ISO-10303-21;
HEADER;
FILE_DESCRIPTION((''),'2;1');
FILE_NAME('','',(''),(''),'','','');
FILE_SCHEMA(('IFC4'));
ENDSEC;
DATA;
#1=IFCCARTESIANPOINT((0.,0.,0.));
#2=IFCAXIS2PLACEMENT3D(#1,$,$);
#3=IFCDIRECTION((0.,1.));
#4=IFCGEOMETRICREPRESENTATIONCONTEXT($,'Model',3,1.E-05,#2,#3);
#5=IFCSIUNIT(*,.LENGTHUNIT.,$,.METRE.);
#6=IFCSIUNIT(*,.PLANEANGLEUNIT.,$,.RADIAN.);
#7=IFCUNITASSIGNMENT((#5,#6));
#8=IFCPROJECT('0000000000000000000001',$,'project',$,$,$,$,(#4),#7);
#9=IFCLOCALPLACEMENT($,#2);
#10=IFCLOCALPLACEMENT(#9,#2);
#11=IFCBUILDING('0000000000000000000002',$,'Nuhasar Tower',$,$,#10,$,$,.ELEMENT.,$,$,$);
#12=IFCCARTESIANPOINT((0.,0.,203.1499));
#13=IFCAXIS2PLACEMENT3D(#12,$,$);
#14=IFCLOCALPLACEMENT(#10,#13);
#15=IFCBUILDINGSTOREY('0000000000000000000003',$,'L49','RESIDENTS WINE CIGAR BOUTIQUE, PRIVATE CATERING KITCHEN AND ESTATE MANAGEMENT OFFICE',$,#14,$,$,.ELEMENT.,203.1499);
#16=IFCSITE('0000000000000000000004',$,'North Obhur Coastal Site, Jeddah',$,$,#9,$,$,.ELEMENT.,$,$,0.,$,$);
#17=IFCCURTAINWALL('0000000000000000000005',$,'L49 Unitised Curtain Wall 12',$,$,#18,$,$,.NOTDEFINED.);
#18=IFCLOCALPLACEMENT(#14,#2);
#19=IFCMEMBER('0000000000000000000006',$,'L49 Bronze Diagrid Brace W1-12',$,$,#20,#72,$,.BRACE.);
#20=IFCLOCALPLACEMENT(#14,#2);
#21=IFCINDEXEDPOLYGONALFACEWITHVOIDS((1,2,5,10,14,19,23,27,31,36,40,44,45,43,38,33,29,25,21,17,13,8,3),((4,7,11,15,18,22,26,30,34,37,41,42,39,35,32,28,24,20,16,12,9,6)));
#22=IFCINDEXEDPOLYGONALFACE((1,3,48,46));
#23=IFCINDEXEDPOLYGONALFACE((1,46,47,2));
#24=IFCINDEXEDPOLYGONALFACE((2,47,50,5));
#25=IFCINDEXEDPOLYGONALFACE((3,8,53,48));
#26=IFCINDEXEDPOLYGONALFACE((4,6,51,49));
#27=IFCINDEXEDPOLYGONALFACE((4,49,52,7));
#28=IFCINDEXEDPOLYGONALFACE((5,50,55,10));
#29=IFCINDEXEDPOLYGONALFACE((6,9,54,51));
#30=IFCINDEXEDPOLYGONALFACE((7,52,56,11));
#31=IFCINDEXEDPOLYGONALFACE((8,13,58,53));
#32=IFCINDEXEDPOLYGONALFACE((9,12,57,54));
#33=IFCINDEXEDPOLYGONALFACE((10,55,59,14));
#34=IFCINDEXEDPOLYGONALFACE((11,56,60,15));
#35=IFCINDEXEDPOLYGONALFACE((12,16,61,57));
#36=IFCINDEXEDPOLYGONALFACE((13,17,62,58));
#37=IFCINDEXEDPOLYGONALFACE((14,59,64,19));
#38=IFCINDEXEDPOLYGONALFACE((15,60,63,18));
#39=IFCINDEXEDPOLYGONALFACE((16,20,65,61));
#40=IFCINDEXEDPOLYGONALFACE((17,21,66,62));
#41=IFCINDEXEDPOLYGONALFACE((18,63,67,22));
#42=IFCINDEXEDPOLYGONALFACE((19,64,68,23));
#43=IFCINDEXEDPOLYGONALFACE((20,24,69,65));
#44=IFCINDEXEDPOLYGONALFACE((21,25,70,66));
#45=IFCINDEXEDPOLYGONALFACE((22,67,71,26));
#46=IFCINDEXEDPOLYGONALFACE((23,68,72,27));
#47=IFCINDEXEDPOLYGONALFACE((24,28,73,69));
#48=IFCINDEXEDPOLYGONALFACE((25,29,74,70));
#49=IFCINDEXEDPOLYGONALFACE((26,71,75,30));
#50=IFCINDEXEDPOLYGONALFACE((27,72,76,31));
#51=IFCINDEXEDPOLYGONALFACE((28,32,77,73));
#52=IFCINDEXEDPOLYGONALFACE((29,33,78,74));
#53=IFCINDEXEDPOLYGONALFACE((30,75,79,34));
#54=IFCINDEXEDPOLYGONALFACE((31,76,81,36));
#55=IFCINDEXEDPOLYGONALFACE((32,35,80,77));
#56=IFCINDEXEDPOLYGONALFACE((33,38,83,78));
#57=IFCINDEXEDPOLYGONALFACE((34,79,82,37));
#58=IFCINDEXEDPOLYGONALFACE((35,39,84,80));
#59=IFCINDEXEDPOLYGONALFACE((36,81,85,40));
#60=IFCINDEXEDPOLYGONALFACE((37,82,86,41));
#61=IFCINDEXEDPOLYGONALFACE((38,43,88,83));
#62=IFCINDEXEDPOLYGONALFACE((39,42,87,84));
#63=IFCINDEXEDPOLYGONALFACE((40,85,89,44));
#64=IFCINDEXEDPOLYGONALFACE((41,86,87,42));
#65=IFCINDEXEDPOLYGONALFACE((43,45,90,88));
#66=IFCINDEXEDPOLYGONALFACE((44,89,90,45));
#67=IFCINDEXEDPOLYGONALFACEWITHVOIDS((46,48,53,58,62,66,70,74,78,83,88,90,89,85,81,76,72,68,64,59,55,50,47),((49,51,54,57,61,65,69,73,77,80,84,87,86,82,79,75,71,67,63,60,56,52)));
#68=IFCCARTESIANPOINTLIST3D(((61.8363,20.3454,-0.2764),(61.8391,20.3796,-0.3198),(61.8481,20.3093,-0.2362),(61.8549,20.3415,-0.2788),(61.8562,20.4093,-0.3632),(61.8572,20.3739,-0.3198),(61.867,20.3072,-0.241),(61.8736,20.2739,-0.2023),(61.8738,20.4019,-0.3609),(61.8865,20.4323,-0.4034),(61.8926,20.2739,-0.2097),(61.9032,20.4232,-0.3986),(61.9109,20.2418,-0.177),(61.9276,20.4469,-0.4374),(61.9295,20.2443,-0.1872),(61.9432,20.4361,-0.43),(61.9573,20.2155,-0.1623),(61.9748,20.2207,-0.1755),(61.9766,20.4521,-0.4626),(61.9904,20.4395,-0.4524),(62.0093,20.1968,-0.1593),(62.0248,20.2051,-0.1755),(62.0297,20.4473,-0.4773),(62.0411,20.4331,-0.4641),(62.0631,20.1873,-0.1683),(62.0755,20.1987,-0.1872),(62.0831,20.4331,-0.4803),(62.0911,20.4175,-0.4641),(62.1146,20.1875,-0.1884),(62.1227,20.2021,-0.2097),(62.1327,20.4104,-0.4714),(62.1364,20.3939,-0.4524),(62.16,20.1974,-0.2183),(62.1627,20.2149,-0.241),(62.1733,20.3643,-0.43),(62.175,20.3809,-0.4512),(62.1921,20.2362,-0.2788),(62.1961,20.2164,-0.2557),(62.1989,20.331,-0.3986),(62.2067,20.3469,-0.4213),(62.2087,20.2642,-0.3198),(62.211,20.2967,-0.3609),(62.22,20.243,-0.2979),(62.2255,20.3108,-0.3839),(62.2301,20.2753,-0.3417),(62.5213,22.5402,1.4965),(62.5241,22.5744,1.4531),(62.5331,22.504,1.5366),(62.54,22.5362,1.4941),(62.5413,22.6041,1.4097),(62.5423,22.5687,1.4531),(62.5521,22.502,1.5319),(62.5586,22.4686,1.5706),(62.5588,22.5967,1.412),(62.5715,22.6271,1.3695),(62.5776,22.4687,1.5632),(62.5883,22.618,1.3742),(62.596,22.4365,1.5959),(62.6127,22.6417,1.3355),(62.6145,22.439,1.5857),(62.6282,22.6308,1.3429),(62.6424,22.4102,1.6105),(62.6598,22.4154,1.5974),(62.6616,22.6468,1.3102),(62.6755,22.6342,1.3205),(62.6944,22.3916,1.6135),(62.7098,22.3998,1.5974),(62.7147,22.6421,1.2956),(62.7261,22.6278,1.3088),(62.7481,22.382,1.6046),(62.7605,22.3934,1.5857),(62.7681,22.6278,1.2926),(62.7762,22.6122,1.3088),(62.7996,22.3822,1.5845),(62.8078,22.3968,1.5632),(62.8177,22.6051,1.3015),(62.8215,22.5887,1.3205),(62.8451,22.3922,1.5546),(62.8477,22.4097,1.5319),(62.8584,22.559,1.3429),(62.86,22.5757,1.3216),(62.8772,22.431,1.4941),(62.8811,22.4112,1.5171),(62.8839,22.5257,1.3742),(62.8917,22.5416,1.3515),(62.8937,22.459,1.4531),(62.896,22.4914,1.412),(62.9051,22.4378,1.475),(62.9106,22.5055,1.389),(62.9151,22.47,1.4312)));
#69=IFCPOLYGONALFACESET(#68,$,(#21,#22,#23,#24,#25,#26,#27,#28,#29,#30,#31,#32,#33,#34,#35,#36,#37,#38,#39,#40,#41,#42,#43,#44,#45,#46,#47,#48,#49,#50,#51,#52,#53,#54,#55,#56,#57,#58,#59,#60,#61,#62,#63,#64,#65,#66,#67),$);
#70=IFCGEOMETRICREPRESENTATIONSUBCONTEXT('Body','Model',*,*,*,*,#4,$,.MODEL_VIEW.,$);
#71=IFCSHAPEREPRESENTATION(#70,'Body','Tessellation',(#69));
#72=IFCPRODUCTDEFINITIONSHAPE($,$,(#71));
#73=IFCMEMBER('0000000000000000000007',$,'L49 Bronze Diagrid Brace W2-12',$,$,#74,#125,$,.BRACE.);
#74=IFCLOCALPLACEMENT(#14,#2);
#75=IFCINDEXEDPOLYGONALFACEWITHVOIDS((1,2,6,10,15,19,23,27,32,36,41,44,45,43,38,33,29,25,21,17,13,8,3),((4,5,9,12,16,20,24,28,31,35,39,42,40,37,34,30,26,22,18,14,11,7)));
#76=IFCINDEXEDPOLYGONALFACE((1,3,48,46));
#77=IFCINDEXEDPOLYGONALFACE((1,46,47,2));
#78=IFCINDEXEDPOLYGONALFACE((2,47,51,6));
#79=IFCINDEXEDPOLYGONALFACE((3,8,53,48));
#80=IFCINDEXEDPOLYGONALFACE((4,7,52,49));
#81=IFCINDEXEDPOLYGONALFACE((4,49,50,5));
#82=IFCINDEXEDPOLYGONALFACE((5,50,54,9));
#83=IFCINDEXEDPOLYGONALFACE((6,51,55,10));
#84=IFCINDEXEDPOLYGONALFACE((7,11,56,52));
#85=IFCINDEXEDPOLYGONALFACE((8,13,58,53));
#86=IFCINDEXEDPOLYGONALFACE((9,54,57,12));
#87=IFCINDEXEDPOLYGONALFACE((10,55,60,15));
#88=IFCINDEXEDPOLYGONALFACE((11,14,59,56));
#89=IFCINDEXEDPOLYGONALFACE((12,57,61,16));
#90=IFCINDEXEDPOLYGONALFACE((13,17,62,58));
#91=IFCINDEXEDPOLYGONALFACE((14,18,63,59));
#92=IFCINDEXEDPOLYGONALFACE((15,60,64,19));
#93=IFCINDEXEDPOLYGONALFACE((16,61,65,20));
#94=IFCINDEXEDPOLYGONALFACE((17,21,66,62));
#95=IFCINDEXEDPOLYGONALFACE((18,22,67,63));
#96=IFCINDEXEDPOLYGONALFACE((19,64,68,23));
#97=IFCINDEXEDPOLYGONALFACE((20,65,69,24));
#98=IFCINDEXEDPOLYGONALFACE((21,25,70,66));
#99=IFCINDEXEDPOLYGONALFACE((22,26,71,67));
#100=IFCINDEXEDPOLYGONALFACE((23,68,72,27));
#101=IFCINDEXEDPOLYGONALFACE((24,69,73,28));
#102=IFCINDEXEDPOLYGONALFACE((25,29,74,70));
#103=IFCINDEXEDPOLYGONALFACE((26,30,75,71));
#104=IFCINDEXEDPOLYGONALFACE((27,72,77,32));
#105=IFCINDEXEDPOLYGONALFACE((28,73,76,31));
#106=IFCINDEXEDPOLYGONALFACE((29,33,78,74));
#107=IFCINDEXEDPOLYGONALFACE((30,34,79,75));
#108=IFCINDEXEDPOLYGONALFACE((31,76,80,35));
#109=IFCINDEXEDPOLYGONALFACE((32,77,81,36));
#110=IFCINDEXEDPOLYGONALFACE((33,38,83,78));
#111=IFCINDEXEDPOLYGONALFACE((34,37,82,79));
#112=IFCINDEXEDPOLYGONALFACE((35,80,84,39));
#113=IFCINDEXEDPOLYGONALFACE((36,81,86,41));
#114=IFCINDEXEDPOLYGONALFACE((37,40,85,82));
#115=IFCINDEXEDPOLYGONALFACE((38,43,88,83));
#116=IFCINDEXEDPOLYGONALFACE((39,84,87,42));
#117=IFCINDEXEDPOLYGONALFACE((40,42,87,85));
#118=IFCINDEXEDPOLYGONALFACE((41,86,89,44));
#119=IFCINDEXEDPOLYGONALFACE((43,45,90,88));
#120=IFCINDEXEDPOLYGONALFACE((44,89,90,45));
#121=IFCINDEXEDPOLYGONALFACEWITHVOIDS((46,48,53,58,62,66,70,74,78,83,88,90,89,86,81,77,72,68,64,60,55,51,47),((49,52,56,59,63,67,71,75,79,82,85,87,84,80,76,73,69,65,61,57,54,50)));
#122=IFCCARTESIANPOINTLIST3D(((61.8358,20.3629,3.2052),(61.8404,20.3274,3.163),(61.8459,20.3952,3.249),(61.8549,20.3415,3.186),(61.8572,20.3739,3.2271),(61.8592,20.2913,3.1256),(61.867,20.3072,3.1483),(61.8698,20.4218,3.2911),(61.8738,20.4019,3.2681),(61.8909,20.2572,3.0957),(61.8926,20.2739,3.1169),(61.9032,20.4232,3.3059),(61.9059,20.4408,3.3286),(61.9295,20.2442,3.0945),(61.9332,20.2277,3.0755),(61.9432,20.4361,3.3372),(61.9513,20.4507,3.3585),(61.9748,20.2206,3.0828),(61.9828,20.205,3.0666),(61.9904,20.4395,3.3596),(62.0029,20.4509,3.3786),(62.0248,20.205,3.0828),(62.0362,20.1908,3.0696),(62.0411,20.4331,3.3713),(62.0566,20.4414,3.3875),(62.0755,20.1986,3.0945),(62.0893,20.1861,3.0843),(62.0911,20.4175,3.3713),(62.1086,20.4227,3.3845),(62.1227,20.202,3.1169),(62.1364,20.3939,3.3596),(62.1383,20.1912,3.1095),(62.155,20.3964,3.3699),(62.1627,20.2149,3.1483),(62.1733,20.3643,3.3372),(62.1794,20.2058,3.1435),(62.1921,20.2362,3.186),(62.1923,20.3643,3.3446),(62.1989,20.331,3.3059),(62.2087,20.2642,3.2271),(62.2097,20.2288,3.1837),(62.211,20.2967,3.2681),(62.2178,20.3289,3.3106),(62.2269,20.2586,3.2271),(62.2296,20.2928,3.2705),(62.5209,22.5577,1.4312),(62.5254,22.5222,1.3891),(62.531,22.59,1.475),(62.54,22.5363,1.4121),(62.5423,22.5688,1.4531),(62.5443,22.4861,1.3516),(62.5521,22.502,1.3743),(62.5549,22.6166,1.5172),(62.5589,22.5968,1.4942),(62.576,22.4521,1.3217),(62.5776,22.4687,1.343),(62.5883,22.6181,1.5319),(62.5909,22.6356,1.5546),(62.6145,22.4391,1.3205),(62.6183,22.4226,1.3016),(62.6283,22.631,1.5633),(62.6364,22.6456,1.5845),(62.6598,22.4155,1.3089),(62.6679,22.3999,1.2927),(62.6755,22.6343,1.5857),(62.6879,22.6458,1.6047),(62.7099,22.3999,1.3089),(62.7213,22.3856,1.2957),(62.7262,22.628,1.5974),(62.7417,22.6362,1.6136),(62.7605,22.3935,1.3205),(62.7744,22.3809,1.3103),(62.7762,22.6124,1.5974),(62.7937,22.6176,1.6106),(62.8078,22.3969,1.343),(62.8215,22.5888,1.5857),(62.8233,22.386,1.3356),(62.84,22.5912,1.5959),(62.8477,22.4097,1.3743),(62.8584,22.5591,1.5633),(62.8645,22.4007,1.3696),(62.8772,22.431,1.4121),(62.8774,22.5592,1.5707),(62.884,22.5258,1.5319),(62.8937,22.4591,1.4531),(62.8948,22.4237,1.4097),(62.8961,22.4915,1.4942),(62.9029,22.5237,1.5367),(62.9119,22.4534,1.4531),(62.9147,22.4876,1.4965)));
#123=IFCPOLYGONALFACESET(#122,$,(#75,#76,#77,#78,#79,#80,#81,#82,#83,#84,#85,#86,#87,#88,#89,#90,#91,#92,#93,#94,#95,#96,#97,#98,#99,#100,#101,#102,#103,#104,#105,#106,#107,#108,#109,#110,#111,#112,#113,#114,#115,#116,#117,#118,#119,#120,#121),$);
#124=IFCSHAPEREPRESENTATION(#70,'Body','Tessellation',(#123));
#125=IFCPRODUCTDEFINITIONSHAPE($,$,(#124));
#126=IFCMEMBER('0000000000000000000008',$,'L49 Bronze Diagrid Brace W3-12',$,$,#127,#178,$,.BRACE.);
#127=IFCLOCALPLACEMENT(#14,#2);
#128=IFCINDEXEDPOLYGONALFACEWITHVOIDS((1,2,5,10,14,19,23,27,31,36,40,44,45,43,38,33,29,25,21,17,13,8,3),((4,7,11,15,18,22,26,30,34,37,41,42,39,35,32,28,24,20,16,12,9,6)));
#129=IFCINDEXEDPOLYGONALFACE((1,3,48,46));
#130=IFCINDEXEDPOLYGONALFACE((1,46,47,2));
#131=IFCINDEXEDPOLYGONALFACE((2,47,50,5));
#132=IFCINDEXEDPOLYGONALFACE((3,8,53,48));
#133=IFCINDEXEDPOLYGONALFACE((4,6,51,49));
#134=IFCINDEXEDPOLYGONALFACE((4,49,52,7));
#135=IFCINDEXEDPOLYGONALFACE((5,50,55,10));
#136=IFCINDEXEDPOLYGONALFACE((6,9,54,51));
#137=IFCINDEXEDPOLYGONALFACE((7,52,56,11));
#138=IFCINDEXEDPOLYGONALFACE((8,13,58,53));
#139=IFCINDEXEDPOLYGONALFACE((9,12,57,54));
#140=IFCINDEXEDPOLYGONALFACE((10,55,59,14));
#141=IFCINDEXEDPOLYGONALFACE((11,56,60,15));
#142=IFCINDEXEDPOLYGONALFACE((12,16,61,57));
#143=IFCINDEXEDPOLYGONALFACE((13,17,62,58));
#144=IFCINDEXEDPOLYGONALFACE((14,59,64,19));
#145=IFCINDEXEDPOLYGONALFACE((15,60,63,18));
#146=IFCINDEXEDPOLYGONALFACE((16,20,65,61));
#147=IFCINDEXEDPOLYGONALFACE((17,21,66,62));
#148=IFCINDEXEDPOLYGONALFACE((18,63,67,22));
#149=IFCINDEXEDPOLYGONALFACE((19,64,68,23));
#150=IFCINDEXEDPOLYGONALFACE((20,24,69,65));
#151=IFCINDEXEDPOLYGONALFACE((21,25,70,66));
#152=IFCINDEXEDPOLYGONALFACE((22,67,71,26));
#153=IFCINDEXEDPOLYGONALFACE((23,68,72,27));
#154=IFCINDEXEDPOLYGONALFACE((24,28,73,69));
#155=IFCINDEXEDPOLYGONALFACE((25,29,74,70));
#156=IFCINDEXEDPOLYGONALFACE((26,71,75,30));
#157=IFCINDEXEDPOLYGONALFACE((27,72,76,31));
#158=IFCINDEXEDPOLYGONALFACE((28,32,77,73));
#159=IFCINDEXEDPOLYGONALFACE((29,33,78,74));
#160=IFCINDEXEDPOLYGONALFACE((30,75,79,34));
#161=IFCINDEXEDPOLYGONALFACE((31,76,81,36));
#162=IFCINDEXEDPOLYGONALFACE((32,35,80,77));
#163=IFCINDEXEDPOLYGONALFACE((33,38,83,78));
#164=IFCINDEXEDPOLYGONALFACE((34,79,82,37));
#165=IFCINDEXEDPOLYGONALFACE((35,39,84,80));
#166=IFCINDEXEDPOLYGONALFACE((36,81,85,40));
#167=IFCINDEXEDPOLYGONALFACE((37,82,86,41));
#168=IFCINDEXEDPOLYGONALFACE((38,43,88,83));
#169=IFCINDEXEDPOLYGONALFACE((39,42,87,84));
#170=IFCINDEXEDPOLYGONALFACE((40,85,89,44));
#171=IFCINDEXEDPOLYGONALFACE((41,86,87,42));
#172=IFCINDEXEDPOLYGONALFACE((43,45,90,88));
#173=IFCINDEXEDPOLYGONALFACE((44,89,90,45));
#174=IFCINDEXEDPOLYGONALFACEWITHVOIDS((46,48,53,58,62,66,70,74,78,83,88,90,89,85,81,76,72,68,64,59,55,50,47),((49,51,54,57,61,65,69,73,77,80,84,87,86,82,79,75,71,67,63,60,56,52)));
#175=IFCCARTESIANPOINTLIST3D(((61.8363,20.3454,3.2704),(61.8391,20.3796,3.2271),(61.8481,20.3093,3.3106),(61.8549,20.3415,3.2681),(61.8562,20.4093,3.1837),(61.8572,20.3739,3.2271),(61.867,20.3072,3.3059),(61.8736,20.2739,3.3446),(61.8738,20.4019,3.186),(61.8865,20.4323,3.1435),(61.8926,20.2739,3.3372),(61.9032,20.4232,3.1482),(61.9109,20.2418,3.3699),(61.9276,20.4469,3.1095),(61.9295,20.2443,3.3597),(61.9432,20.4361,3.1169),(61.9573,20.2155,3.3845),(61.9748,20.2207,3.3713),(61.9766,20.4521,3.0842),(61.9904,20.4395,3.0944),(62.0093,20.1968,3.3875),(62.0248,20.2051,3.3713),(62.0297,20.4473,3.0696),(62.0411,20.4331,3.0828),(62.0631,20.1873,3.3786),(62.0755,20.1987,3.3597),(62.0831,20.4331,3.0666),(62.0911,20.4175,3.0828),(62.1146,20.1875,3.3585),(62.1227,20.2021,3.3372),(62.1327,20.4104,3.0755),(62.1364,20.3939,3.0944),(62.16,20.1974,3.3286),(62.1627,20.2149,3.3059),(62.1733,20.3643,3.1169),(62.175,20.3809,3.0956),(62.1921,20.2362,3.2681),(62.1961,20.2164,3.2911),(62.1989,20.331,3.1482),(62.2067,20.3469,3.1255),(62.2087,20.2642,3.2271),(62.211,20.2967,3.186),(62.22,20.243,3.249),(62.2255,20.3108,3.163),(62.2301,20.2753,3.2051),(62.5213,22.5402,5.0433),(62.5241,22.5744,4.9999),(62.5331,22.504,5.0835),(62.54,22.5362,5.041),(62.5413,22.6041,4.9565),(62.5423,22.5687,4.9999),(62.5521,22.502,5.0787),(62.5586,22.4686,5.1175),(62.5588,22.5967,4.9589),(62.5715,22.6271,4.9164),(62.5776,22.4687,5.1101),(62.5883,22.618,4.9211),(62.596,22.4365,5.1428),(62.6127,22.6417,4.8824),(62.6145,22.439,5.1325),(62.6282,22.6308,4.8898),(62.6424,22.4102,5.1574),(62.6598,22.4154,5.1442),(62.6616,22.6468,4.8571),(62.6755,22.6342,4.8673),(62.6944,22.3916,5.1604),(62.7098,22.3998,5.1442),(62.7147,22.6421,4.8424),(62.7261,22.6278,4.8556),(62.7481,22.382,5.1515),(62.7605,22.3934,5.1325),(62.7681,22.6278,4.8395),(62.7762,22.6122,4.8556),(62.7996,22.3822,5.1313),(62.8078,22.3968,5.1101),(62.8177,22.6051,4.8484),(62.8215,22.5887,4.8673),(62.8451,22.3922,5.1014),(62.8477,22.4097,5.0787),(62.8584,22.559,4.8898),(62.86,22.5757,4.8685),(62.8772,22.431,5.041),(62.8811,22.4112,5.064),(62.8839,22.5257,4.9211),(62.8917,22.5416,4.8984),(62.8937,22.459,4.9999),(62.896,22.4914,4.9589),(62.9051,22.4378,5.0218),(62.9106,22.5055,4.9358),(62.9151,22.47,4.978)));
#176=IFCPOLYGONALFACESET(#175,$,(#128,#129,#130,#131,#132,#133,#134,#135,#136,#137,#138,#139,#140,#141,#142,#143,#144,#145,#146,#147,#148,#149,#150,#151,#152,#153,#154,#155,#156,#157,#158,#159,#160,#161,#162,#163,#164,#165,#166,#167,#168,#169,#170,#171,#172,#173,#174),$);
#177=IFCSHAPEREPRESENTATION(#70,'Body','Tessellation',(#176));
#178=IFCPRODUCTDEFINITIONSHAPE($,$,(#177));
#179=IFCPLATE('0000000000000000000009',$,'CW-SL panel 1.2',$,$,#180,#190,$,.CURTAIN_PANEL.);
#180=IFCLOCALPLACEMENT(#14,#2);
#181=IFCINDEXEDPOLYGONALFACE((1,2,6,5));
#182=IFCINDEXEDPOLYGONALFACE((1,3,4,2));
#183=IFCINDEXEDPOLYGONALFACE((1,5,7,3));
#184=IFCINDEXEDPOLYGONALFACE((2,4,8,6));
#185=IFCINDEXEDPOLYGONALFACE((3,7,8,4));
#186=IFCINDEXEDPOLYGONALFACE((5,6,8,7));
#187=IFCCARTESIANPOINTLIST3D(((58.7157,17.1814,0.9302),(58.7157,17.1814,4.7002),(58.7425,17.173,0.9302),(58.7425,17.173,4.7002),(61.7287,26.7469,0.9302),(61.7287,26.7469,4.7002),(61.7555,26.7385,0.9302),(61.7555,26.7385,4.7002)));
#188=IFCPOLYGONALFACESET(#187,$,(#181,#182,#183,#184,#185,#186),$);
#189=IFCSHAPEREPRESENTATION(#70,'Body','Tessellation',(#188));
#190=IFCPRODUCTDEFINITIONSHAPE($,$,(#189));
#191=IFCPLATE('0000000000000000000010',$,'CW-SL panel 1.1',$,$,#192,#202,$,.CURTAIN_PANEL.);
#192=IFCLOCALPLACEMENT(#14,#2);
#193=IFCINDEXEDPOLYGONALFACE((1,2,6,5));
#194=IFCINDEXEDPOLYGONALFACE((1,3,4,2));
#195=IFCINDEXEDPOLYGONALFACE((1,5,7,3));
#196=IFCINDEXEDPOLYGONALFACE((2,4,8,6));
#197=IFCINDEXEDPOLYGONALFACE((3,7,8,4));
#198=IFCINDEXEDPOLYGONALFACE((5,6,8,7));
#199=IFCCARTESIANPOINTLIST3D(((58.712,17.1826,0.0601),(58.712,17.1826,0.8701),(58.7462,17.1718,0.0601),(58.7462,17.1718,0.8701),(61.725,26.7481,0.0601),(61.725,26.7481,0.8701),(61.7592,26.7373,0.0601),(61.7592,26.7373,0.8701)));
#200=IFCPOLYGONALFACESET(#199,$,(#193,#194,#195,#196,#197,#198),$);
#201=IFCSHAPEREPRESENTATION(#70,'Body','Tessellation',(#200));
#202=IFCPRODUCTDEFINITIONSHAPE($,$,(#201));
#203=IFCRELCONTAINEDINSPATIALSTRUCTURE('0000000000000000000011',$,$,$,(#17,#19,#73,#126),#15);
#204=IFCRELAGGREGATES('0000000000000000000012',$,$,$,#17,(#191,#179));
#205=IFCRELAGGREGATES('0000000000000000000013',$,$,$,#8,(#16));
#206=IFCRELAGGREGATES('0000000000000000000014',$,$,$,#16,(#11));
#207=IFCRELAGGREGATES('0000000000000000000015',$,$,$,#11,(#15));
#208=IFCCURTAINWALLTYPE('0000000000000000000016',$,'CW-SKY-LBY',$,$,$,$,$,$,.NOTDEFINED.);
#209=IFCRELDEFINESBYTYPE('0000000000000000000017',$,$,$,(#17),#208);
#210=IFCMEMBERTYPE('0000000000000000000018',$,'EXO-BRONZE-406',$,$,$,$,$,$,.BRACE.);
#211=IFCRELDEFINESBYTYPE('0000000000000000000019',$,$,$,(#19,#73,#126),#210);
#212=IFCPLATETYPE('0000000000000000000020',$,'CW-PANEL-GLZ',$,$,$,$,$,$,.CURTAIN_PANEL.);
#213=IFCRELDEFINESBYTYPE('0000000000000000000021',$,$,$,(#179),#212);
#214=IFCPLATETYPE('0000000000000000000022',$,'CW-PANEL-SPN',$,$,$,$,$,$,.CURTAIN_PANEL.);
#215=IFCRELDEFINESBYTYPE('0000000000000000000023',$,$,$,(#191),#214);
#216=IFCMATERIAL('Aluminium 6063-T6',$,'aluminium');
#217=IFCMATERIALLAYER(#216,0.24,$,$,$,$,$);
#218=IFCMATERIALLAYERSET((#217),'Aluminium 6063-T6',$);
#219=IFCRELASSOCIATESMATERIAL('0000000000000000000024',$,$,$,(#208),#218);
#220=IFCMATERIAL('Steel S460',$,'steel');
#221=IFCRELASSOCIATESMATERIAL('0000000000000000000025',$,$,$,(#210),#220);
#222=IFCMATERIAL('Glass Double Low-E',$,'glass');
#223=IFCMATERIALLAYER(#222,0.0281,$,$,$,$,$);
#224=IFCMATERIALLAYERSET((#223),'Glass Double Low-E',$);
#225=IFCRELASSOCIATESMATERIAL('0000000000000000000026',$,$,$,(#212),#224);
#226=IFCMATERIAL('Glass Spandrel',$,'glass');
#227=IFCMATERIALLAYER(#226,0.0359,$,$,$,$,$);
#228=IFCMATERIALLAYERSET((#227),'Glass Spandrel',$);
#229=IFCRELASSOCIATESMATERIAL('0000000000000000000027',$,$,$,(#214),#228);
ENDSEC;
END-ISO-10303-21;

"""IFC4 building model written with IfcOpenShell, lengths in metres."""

from ifc_helpers import new_model, si_unit, direction, frame, origin, origin_2d, place, context, subcontext, project, spatial, rectangle, hollow_circle, extrude, material, layer, layer_set, material_profile, profile_set, type_object, element, aggregate, save


model = new_model("IFC4")

# Units and contexts
model_context = context("Model", 3, precision=1e-05, world=origin(), true_north=direction((0.0, 1.0)))
body_context = subcontext(model_context, "Body", "Model", "MODEL_VIEW")
ifc_project = project(units=[si_unit("LENGTHUNIT", "METRE"), si_unit("PLANEANGLEUNIT", "RADIAN")], contexts=[model_context])

# Site, building, storey
site_placement = place(None, origin())
site = spatial("IfcSite", under=ifc_project, at=site_placement, Name="North Obhur Coastal Site, Jeddah", CompositionType="ELEMENT", RefElevation=0.0)
building_placement = place(site_placement, origin())
building = spatial("IfcBuilding", under=site, at=building_placement, Name="Nuhasar Tower", CompositionType="ELEMENT")
storey_placement = place(building_placement, frame((0.0, 0.0, 203.1499)))
storey = spatial("IfcBuildingStorey", under=building, at=storey_placement, Name="L49", Description="RESIDENTS WINE CIGAR BOUTIQUE, PRIVATE CATERING KITCHEN AND ESTATE MANAGEMENT OFFICE", CompositionType="ELEMENT", Elevation=203.1499)

# Shared definitions
ifc_material_1 = material(Name="Steel S460", Category="steel")

# Shared definitions
ifc_material_2 = material(Name="Aluminium 6063-T6", Category="aluminium")
ifc_layer_1 = layer(ifc_material_2, 0.24)
ifc_layer_set_1 = layer_set([ifc_layer_1], Name="Aluminium 6063-T6")
curtain_wall_type = type_object("IfcCurtainWallType", Name="CW-SKY-LBY", PredefinedType="NOTDEFINED", material=ifc_layer_set_1)

# Curtain wall
curtain_wall_1_placement = place(storey_placement, origin())
curtain_wall_1 = element("IfcCurtainWall", 1, at=curtain_wall_1_placement, inside=storey, type_object=curtain_wall_type, Name="L49 Unitised Curtain Wall 12", PredefinedType="NOTDEFINED")

# Members
ifc_material_profile_1 = material_profile(ifc_material_1, hollow_circle(Radius=0.2031, WallThickness=0.019, at=origin_2d()), Name="HSS406.4X19.1")
ifc_profile_set_1 = profile_set([ifc_material_profile_1], Name="Steel S460")
member_type_1 = type_object("IfcMemberType", Name="EXO-BRONZE-406", PredefinedType="BRACE", material=ifc_profile_set_1)
member_1_placement = place(storey_placement, frame((62.033, 20.3191, -0.3198), z_axis=(0.235948, 0.755942, 0.610639), x_axis=(-0.954582, 0.297948, 0.0)))
element("IfcMember", 2, at=member_1_placement, inside=storey, type_object=member_type_1, Name="L49 Bronze Diagrid Brace W1-12", PredefinedType="BRACE", context=body_context, shape_type="SweptSolid", body=[
    extrude(hollow_circle(Radius=0.2031, WallThickness=0.019, at=origin_2d()), origin(), (0.0, 0.0, 1.0), 2.9033),
])
member_2_placement = place(storey_placement, frame((62.718, 22.5139, 1.4531), z_axis=(-0.2359, -0.755787, 0.61085), x_axis=(0.954582, -0.297948, 0.0)))
element("IfcMember", 3, at=member_2_placement, inside=storey, type_object=member_type_1, Name="L49 Bronze Diagrid Brace W2-12", PredefinedType="BRACE", context=body_context, shape_type="SweptSolid", body=[
    extrude(hollow_circle(Radius=0.2031, WallThickness=0.019, at=origin_2d()), origin(), (0.0, 0.0, 1.0), 2.9041),
])
member_3_placement = place(storey_placement, frame((62.033, 20.3191, 3.2271), z_axis=(0.235948, 0.755942, 0.610639), x_axis=(-0.954582, 0.297948, 0.0)))
element("IfcMember", 4, at=member_3_placement, inside=storey, type_object=member_type_1, Name="L49 Bronze Diagrid Brace W3-12", PredefinedType="BRACE", context=body_context, shape_type="SweptSolid", body=[
    extrude(hollow_circle(Radius=0.2031, WallThickness=0.019, at=origin_2d()), origin(), (0.0, 0.0, 1.0), 2.9033),
])

# Plates
ifc_material_3 = material(Name="Glass Double Low-E", Category="glass")
ifc_layer_2 = layer(ifc_material_3, 0.0281)
ifc_layer_set_2 = layer_set([ifc_layer_2], Name="Glass Double Low-E")
plate_type_1 = type_object("IfcPlateType", Name="CW-PANEL-GLZ", PredefinedType="CURTAIN_PANEL", material=ifc_layer_set_2)
plate_1_placement = place(storey_placement, frame((60.2356, 21.96, 0.9302), z_axis=(0.0, 0.0, 1.0), x_axis=(0.300429, 0.953804, 0.0)))
plate_1 = element("IfcPlate", 5, at=plate_1_placement, type_object=plate_type_1, Name="CW-SL panel 1.2", PredefinedType="CURTAIN_PANEL", context=body_context, shape_type="SweptSolid", body=[
    extrude(rectangle(XDim=10.0288, YDim=0.0281, at=origin_2d()), origin(), (0.0, 0.0, 1.0), 3.77),
])
ifc_material_4 = material(Name="Glass Spandrel", Category="glass")
ifc_layer_3 = layer(ifc_material_4, 0.0359)
ifc_layer_set_3 = layer_set([ifc_layer_3], Name="Glass Spandrel")
plate_type_2 = type_object("IfcPlateType", Name="CW-PANEL-SPN", PredefinedType="CURTAIN_PANEL", material=ifc_layer_set_3)
plate_2_placement = place(storey_placement, frame((60.2356, 21.96, 0.0601), z_axis=(0.0, 0.0, 1.0), x_axis=(0.300429, 0.953804, 0.0)))
plate_2 = element("IfcPlate", 6, at=plate_2_placement, type_object=plate_type_2, Name="CW-SL panel 1.1", PredefinedType="CURTAIN_PANEL", context=body_context, shape_type="SweptSolid", body=[
    extrude(rectangle(XDim=10.0288, YDim=0.0359, at=origin_2d()), origin(), (0.0, 0.0, 1.0), 0.8101),
])
aggregate(curtain_wall_1, [plate_2, plate_1])

save(model, "model.ifc")
